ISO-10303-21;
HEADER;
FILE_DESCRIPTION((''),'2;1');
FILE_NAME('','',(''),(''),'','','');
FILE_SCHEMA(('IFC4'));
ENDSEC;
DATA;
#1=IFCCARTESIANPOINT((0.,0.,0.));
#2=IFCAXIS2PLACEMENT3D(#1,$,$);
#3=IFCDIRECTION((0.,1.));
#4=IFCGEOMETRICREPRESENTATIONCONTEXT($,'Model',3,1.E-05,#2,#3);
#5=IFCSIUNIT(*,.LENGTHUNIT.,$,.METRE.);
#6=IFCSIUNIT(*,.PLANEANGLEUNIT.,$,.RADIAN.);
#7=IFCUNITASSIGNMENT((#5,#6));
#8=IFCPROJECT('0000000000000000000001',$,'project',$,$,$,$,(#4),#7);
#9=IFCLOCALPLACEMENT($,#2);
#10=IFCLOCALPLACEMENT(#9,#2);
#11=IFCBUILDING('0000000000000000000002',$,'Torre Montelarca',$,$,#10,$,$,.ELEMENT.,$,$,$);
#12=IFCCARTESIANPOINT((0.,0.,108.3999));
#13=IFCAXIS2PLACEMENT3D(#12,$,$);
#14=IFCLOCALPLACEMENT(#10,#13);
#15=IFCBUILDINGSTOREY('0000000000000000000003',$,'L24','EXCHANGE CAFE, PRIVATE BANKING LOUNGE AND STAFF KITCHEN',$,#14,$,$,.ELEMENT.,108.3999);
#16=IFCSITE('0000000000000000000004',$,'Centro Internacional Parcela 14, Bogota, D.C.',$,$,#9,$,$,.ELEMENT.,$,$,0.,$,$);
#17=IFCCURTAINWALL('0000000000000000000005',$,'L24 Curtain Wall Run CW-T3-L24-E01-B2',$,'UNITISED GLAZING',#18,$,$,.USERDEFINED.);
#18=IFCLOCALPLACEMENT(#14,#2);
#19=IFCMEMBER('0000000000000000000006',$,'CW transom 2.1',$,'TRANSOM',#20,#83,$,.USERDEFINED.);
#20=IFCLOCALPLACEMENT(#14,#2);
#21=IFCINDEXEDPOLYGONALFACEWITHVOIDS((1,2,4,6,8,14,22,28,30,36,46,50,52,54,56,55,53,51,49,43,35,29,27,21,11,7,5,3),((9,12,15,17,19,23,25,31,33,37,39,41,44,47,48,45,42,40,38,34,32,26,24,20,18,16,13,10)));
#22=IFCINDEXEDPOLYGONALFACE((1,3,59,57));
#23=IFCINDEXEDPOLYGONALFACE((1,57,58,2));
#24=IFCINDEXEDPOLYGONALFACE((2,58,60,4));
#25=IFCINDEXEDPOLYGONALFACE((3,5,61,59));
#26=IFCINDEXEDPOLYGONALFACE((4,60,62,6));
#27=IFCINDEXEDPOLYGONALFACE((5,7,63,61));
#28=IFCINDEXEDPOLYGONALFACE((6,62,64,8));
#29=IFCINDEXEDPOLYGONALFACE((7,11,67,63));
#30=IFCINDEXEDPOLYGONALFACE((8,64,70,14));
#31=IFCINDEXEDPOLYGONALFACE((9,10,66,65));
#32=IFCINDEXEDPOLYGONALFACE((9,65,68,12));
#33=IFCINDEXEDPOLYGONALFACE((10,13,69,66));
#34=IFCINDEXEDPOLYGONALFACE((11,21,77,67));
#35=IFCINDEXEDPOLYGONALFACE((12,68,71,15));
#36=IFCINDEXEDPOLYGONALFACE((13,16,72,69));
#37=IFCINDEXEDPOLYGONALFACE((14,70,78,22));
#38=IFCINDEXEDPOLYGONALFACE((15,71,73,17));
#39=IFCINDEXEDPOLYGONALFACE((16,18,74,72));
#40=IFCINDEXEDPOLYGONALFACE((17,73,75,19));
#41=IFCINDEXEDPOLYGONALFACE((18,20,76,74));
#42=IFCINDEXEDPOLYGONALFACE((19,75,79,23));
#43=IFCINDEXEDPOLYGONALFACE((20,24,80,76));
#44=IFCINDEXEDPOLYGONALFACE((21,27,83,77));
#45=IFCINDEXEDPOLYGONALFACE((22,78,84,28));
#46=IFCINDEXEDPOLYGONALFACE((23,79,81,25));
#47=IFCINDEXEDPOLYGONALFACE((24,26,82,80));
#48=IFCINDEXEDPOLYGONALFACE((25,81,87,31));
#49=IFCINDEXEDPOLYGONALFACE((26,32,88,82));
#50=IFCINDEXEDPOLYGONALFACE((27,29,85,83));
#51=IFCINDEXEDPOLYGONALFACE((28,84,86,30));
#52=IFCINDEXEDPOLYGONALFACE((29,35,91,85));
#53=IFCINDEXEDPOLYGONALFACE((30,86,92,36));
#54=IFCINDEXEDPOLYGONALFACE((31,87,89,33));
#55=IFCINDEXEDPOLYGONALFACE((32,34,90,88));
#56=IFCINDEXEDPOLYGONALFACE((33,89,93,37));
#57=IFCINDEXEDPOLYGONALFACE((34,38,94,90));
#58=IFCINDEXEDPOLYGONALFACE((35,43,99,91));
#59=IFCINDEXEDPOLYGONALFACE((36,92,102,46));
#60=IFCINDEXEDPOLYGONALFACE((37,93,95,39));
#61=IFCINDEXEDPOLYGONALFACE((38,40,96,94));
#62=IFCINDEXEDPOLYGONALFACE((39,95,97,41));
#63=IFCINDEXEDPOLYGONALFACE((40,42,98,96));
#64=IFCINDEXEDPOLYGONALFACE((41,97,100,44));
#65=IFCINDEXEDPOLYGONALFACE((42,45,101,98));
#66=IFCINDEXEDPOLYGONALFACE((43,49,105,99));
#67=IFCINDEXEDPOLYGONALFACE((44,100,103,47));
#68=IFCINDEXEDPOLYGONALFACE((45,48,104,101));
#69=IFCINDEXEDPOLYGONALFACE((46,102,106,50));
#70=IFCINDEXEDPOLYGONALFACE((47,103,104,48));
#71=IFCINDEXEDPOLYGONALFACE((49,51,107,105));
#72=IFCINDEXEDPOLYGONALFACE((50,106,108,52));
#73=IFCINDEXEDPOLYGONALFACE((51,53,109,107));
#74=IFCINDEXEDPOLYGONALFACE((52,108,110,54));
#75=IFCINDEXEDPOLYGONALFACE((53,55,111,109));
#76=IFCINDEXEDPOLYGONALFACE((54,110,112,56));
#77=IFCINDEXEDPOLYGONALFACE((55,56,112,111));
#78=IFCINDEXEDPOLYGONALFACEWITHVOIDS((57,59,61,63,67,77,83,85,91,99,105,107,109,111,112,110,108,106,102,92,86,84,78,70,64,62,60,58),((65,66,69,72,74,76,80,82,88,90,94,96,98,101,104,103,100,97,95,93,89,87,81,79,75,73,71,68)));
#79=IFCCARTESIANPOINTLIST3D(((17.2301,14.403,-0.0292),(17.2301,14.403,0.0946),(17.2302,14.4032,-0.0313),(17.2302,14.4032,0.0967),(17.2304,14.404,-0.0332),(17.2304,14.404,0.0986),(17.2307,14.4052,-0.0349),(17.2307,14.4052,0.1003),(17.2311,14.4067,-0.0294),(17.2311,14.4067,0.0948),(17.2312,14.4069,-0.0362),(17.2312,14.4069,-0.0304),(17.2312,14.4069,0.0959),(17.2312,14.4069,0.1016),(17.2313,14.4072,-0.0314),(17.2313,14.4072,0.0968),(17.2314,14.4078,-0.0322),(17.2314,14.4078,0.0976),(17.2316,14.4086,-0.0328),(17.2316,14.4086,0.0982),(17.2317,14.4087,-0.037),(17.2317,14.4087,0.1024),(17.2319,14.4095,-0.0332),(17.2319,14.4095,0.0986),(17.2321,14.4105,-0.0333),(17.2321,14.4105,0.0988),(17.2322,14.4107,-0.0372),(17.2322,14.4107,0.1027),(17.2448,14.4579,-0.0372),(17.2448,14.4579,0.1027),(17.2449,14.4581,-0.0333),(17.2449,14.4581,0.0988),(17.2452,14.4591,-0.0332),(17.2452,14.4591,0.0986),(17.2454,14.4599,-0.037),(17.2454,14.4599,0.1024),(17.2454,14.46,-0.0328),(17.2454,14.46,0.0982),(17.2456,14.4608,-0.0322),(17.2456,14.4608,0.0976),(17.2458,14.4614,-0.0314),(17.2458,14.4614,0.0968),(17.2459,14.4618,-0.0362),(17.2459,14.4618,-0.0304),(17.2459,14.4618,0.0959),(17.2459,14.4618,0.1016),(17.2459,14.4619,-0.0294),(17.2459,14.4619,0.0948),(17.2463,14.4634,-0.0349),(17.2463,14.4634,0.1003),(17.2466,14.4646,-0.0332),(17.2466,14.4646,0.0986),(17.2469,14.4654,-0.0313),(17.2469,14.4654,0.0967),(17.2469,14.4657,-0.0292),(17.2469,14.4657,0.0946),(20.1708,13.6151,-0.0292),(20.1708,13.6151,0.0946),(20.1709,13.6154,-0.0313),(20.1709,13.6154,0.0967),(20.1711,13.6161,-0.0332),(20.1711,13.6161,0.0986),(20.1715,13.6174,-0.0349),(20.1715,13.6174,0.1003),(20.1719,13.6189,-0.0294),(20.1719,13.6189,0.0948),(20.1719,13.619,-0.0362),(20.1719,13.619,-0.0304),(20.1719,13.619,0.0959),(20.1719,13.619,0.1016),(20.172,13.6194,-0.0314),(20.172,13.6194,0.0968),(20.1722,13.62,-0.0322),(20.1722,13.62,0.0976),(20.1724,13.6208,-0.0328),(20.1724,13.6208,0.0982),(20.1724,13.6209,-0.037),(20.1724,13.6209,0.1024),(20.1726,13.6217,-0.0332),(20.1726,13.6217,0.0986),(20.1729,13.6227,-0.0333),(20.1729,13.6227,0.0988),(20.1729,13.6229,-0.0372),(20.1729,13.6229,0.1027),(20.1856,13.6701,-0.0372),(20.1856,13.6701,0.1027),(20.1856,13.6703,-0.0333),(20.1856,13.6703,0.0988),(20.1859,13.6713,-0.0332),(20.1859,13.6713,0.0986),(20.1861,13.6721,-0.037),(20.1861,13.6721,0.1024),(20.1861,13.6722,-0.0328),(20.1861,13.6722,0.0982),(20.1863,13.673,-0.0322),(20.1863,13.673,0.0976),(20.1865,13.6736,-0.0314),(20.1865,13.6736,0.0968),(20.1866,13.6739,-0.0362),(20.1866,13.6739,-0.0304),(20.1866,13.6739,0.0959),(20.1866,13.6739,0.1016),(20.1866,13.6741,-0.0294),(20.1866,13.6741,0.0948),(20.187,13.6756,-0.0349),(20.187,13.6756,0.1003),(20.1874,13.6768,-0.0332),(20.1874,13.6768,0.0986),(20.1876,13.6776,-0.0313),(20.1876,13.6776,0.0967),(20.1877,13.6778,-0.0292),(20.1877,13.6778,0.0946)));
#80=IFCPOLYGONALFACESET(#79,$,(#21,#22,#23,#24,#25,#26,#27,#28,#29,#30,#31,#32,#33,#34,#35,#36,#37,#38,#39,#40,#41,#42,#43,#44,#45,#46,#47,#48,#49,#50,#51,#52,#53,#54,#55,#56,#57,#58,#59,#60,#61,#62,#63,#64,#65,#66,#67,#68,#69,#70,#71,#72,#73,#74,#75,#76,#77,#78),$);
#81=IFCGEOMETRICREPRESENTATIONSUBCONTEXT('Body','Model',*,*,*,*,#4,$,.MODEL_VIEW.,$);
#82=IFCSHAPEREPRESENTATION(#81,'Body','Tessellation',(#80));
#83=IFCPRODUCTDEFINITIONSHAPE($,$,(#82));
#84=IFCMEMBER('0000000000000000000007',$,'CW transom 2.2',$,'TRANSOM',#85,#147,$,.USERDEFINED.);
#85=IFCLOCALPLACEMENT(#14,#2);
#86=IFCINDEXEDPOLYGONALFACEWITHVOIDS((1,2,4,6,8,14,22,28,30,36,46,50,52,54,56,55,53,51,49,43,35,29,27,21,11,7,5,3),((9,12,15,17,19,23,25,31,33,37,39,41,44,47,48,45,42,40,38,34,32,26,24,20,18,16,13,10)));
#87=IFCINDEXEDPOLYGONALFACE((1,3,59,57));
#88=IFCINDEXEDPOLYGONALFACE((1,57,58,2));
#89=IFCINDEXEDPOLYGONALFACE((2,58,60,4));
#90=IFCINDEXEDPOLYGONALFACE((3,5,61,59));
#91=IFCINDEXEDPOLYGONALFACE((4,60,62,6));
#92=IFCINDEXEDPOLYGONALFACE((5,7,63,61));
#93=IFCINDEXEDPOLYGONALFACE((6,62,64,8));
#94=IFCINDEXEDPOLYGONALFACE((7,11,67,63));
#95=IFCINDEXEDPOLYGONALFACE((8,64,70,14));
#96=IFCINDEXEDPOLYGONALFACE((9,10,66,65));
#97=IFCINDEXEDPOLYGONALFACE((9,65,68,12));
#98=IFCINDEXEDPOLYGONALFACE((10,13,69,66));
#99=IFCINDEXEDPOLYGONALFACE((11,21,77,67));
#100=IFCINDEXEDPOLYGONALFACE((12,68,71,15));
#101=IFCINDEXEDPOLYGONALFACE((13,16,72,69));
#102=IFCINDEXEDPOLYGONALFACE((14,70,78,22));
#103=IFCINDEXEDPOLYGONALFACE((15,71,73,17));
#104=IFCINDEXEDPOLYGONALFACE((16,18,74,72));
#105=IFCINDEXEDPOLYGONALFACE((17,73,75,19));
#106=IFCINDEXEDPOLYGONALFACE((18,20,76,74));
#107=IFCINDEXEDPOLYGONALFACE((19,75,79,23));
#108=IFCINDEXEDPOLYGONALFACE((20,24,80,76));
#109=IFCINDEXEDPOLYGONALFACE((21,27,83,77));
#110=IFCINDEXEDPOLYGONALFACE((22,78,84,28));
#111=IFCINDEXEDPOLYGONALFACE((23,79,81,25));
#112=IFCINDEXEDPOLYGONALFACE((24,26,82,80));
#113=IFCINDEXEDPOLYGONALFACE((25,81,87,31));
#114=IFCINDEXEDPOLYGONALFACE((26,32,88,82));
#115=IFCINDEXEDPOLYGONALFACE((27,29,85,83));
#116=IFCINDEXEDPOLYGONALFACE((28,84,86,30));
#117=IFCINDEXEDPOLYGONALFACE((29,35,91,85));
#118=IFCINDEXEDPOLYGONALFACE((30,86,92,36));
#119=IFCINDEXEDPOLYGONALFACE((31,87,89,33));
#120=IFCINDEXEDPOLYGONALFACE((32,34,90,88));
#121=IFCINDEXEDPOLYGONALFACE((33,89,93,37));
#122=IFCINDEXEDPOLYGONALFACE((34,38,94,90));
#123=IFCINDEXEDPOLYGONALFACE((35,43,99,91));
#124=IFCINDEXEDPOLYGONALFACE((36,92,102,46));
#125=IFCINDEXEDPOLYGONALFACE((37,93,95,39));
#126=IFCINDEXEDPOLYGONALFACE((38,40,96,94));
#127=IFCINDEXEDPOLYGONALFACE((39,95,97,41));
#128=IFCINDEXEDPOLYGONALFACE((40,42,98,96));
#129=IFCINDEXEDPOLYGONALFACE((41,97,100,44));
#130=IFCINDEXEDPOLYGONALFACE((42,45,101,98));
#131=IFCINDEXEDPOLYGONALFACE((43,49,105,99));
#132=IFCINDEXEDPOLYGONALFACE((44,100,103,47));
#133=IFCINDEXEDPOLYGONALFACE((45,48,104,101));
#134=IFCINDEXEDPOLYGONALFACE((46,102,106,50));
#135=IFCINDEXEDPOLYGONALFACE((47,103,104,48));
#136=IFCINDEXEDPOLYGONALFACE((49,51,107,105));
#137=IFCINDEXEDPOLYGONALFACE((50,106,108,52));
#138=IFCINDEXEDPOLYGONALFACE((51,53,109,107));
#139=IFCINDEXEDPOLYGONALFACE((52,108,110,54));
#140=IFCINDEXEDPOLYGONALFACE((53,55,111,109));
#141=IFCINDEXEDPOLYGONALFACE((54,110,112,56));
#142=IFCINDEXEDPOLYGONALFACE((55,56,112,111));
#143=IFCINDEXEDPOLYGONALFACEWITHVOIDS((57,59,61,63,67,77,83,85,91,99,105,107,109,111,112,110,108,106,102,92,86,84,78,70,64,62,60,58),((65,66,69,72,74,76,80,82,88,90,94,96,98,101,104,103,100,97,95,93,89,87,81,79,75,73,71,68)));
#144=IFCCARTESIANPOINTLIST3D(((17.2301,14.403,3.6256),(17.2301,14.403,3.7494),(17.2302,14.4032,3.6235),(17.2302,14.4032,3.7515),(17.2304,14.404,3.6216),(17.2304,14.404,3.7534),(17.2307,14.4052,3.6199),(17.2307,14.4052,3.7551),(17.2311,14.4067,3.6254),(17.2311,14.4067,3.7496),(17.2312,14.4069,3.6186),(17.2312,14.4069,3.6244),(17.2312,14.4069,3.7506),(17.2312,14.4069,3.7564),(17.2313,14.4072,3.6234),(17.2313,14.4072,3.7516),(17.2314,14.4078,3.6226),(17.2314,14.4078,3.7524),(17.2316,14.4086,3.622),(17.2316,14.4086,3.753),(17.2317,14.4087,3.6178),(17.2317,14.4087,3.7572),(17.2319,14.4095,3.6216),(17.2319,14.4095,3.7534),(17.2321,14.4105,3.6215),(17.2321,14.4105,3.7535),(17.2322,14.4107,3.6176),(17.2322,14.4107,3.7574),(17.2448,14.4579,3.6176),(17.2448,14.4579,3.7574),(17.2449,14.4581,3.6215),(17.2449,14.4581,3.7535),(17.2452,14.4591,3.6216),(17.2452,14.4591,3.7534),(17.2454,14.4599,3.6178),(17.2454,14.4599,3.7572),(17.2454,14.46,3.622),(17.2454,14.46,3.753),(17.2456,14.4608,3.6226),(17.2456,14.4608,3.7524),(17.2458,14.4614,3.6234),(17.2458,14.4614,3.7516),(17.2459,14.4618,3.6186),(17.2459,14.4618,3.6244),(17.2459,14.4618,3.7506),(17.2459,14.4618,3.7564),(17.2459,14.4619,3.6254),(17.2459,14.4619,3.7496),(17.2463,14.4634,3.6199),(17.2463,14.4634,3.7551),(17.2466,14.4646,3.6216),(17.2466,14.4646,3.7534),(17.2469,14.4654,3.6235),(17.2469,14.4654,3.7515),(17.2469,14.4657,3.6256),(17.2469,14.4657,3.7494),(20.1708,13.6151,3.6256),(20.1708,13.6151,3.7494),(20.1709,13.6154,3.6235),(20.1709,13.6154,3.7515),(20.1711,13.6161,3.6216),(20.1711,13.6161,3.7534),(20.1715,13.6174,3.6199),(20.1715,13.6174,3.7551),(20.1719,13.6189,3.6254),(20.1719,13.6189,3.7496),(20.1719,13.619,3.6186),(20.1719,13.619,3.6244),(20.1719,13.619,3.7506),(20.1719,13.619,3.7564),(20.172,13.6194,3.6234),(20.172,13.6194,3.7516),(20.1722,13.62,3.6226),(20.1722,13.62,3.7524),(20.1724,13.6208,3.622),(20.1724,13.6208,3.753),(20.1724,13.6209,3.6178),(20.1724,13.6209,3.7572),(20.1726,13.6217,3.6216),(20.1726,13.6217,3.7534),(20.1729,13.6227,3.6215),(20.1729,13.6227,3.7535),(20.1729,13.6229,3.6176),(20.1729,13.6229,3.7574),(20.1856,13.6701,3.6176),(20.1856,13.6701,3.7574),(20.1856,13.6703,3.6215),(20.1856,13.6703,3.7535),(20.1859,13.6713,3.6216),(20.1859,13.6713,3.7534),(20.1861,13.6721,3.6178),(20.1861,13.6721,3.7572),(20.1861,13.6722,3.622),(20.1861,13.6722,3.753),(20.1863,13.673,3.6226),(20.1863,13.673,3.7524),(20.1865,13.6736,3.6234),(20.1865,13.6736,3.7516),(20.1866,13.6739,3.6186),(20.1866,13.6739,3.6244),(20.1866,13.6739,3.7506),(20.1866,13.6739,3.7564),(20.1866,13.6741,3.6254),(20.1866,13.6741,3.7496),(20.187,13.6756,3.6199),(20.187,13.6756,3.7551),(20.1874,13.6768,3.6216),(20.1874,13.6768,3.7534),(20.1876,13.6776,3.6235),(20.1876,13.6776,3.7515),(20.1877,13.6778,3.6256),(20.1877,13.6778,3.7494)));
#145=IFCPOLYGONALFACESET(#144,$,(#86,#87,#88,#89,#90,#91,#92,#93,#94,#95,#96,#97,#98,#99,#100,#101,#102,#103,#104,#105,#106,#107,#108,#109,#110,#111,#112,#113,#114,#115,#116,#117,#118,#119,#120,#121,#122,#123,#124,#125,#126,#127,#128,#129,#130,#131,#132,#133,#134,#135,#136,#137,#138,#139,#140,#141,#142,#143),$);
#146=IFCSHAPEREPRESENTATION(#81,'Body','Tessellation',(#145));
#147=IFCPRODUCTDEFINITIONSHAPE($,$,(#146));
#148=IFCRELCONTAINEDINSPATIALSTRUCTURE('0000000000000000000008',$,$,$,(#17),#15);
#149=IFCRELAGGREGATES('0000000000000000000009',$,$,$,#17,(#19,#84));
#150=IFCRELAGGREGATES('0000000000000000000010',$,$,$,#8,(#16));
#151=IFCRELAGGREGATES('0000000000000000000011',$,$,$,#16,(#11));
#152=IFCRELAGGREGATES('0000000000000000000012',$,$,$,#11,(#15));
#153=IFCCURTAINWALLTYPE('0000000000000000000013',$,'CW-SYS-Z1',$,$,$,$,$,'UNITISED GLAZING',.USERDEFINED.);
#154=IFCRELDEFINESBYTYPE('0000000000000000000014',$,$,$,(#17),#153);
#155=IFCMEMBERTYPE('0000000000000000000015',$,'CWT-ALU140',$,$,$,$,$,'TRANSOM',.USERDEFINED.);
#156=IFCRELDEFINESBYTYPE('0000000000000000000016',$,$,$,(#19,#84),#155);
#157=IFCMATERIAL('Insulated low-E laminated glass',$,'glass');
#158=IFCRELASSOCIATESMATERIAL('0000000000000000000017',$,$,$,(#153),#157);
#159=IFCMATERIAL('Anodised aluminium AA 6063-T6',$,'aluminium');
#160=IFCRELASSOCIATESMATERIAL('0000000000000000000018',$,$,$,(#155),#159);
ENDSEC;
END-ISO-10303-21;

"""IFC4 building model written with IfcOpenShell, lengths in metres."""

from ifc_helpers import new_model, si_unit, direction, frame, origin, origin_2d, place, context, subcontext, project, spatial, hollow_rectangle, extrude, source, transform, mapped, material, material_profile, profile_set, type_object, element, aggregate, save


model = new_model("IFC4")

# Units and contexts
model_context = context("Model", 3, precision=1e-05, world=origin(), true_north=direction((0.0, 1.0)))
body_context = subcontext(model_context, "Body", "Model", "MODEL_VIEW")
ifc_project = project(units=[si_unit("LENGTHUNIT", "METRE"), si_unit("PLANEANGLEUNIT", "RADIAN")], contexts=[model_context])

# Site, building, storey
site_placement = place(None, origin())
site = spatial("IfcSite", under=ifc_project, at=site_placement, Name="Centro Internacional Parcela 14, Bogota, D.C.", CompositionType="ELEMENT", RefElevation=0.0)
building_placement = place(site_placement, origin())
building = spatial("IfcBuilding", under=site, at=building_placement, Name="Torre Montelarca", CompositionType="ELEMENT")
storey_placement = place(building_placement, frame((0.0, 0.0, 108.3999)))
storey = spatial("IfcBuildingStorey", under=building, at=storey_placement, Name="L24", Description="EXCHANGE CAFE, PRIVATE BANKING LOUNGE AND STAFF KITCHEN", CompositionType="ELEMENT", Elevation=108.3999)

# Curtain wall, members
ifc_material_1 = material(Name="Insulated low-E laminated glass", Category="glass")
curtain_wall_type = type_object("IfcCurtainWallType", Name="CW-SYS-Z1", ElementType="UNITISED GLAZING", PredefinedType="USERDEFINED", material=ifc_material_1)
curtain_wall_1_placement = place(storey_placement, origin())
curtain_wall_1 = element("IfcCurtainWall", 1, at=curtain_wall_1_placement, inside=storey, type_object=curtain_wall_type, Name="L24 Curtain Wall Run CW-T3-L24-E01-B2", ObjectType="UNITISED GLAZING", PredefinedType="USERDEFINED")
ifc_material_2 = material(Name="Anodised aluminium AA 6063-T6", Category="aluminium")
ifc_material_profile_1 = material_profile(ifc_material_2, hollow_rectangle(XDim=0.0649, YDim=0.1399, WallThickness=0.0039, InnerFilletRadius=0.0039, OuterFilletRadius=0.0081, at=origin_2d()), Name="ALU65X140X4", Category="aluminium")
ifc_profile_set_1 = profile_set([ifc_material_profile_1], Name="Anodised aluminium AA 6063-T6")
member_type_1 = type_object("IfcMemberType", Name="CWT-ALU140", ElementType="TRANSOM", PredefinedType="USERDEFINED", material=ifc_profile_set_1)
shared_shape_1 = source(origin(), body_context, "Body", "SweptSolid", [
    extrude(hollow_rectangle(XDim=0.0649, YDim=0.1399, WallThickness=0.0039, InnerFilletRadius=0.0039, OuterFilletRadius=0.0081, at=origin_2d()), origin(), (0.0, 0.0, 1.0), 3.0444),
])
member_1_placement = place(storey_placement, frame((17.2385, 14.4343, 0.0327), z_axis=(0.965935, -0.258786, 0.0), x_axis=(0.258786, 0.965935, 0.0)))
member_1 = element("IfcMember", 2, at=member_1_placement, type_object=member_type_1, Name="CW transom 2.1", ObjectType="TRANSOM", PredefinedType="USERDEFINED", context=body_context, shape_type="MappedRepresentation", body=[
    mapped(shared_shape_1, transform((0.0, 0.0, 0.0), scale=1.0)),
])
member_2_placement = place(storey_placement, frame((17.2385, 14.4343, 3.6875), z_axis=(0.965935, -0.258786, 0.0), x_axis=(0.258786, 0.965935, 0.0)))
member_2 = element("IfcMember", 3, at=member_2_placement, type_object=member_type_1, Name="CW transom 2.2", ObjectType="TRANSOM", PredefinedType="USERDEFINED", context=body_context, shape_type="MappedRepresentation", body=[
    mapped(shared_shape_1, transform((0.0, 0.0, 0.0), scale=1.0)),
])

aggregate(curtain_wall_1, [member_1, member_2])

save(model, "model.ifc")
